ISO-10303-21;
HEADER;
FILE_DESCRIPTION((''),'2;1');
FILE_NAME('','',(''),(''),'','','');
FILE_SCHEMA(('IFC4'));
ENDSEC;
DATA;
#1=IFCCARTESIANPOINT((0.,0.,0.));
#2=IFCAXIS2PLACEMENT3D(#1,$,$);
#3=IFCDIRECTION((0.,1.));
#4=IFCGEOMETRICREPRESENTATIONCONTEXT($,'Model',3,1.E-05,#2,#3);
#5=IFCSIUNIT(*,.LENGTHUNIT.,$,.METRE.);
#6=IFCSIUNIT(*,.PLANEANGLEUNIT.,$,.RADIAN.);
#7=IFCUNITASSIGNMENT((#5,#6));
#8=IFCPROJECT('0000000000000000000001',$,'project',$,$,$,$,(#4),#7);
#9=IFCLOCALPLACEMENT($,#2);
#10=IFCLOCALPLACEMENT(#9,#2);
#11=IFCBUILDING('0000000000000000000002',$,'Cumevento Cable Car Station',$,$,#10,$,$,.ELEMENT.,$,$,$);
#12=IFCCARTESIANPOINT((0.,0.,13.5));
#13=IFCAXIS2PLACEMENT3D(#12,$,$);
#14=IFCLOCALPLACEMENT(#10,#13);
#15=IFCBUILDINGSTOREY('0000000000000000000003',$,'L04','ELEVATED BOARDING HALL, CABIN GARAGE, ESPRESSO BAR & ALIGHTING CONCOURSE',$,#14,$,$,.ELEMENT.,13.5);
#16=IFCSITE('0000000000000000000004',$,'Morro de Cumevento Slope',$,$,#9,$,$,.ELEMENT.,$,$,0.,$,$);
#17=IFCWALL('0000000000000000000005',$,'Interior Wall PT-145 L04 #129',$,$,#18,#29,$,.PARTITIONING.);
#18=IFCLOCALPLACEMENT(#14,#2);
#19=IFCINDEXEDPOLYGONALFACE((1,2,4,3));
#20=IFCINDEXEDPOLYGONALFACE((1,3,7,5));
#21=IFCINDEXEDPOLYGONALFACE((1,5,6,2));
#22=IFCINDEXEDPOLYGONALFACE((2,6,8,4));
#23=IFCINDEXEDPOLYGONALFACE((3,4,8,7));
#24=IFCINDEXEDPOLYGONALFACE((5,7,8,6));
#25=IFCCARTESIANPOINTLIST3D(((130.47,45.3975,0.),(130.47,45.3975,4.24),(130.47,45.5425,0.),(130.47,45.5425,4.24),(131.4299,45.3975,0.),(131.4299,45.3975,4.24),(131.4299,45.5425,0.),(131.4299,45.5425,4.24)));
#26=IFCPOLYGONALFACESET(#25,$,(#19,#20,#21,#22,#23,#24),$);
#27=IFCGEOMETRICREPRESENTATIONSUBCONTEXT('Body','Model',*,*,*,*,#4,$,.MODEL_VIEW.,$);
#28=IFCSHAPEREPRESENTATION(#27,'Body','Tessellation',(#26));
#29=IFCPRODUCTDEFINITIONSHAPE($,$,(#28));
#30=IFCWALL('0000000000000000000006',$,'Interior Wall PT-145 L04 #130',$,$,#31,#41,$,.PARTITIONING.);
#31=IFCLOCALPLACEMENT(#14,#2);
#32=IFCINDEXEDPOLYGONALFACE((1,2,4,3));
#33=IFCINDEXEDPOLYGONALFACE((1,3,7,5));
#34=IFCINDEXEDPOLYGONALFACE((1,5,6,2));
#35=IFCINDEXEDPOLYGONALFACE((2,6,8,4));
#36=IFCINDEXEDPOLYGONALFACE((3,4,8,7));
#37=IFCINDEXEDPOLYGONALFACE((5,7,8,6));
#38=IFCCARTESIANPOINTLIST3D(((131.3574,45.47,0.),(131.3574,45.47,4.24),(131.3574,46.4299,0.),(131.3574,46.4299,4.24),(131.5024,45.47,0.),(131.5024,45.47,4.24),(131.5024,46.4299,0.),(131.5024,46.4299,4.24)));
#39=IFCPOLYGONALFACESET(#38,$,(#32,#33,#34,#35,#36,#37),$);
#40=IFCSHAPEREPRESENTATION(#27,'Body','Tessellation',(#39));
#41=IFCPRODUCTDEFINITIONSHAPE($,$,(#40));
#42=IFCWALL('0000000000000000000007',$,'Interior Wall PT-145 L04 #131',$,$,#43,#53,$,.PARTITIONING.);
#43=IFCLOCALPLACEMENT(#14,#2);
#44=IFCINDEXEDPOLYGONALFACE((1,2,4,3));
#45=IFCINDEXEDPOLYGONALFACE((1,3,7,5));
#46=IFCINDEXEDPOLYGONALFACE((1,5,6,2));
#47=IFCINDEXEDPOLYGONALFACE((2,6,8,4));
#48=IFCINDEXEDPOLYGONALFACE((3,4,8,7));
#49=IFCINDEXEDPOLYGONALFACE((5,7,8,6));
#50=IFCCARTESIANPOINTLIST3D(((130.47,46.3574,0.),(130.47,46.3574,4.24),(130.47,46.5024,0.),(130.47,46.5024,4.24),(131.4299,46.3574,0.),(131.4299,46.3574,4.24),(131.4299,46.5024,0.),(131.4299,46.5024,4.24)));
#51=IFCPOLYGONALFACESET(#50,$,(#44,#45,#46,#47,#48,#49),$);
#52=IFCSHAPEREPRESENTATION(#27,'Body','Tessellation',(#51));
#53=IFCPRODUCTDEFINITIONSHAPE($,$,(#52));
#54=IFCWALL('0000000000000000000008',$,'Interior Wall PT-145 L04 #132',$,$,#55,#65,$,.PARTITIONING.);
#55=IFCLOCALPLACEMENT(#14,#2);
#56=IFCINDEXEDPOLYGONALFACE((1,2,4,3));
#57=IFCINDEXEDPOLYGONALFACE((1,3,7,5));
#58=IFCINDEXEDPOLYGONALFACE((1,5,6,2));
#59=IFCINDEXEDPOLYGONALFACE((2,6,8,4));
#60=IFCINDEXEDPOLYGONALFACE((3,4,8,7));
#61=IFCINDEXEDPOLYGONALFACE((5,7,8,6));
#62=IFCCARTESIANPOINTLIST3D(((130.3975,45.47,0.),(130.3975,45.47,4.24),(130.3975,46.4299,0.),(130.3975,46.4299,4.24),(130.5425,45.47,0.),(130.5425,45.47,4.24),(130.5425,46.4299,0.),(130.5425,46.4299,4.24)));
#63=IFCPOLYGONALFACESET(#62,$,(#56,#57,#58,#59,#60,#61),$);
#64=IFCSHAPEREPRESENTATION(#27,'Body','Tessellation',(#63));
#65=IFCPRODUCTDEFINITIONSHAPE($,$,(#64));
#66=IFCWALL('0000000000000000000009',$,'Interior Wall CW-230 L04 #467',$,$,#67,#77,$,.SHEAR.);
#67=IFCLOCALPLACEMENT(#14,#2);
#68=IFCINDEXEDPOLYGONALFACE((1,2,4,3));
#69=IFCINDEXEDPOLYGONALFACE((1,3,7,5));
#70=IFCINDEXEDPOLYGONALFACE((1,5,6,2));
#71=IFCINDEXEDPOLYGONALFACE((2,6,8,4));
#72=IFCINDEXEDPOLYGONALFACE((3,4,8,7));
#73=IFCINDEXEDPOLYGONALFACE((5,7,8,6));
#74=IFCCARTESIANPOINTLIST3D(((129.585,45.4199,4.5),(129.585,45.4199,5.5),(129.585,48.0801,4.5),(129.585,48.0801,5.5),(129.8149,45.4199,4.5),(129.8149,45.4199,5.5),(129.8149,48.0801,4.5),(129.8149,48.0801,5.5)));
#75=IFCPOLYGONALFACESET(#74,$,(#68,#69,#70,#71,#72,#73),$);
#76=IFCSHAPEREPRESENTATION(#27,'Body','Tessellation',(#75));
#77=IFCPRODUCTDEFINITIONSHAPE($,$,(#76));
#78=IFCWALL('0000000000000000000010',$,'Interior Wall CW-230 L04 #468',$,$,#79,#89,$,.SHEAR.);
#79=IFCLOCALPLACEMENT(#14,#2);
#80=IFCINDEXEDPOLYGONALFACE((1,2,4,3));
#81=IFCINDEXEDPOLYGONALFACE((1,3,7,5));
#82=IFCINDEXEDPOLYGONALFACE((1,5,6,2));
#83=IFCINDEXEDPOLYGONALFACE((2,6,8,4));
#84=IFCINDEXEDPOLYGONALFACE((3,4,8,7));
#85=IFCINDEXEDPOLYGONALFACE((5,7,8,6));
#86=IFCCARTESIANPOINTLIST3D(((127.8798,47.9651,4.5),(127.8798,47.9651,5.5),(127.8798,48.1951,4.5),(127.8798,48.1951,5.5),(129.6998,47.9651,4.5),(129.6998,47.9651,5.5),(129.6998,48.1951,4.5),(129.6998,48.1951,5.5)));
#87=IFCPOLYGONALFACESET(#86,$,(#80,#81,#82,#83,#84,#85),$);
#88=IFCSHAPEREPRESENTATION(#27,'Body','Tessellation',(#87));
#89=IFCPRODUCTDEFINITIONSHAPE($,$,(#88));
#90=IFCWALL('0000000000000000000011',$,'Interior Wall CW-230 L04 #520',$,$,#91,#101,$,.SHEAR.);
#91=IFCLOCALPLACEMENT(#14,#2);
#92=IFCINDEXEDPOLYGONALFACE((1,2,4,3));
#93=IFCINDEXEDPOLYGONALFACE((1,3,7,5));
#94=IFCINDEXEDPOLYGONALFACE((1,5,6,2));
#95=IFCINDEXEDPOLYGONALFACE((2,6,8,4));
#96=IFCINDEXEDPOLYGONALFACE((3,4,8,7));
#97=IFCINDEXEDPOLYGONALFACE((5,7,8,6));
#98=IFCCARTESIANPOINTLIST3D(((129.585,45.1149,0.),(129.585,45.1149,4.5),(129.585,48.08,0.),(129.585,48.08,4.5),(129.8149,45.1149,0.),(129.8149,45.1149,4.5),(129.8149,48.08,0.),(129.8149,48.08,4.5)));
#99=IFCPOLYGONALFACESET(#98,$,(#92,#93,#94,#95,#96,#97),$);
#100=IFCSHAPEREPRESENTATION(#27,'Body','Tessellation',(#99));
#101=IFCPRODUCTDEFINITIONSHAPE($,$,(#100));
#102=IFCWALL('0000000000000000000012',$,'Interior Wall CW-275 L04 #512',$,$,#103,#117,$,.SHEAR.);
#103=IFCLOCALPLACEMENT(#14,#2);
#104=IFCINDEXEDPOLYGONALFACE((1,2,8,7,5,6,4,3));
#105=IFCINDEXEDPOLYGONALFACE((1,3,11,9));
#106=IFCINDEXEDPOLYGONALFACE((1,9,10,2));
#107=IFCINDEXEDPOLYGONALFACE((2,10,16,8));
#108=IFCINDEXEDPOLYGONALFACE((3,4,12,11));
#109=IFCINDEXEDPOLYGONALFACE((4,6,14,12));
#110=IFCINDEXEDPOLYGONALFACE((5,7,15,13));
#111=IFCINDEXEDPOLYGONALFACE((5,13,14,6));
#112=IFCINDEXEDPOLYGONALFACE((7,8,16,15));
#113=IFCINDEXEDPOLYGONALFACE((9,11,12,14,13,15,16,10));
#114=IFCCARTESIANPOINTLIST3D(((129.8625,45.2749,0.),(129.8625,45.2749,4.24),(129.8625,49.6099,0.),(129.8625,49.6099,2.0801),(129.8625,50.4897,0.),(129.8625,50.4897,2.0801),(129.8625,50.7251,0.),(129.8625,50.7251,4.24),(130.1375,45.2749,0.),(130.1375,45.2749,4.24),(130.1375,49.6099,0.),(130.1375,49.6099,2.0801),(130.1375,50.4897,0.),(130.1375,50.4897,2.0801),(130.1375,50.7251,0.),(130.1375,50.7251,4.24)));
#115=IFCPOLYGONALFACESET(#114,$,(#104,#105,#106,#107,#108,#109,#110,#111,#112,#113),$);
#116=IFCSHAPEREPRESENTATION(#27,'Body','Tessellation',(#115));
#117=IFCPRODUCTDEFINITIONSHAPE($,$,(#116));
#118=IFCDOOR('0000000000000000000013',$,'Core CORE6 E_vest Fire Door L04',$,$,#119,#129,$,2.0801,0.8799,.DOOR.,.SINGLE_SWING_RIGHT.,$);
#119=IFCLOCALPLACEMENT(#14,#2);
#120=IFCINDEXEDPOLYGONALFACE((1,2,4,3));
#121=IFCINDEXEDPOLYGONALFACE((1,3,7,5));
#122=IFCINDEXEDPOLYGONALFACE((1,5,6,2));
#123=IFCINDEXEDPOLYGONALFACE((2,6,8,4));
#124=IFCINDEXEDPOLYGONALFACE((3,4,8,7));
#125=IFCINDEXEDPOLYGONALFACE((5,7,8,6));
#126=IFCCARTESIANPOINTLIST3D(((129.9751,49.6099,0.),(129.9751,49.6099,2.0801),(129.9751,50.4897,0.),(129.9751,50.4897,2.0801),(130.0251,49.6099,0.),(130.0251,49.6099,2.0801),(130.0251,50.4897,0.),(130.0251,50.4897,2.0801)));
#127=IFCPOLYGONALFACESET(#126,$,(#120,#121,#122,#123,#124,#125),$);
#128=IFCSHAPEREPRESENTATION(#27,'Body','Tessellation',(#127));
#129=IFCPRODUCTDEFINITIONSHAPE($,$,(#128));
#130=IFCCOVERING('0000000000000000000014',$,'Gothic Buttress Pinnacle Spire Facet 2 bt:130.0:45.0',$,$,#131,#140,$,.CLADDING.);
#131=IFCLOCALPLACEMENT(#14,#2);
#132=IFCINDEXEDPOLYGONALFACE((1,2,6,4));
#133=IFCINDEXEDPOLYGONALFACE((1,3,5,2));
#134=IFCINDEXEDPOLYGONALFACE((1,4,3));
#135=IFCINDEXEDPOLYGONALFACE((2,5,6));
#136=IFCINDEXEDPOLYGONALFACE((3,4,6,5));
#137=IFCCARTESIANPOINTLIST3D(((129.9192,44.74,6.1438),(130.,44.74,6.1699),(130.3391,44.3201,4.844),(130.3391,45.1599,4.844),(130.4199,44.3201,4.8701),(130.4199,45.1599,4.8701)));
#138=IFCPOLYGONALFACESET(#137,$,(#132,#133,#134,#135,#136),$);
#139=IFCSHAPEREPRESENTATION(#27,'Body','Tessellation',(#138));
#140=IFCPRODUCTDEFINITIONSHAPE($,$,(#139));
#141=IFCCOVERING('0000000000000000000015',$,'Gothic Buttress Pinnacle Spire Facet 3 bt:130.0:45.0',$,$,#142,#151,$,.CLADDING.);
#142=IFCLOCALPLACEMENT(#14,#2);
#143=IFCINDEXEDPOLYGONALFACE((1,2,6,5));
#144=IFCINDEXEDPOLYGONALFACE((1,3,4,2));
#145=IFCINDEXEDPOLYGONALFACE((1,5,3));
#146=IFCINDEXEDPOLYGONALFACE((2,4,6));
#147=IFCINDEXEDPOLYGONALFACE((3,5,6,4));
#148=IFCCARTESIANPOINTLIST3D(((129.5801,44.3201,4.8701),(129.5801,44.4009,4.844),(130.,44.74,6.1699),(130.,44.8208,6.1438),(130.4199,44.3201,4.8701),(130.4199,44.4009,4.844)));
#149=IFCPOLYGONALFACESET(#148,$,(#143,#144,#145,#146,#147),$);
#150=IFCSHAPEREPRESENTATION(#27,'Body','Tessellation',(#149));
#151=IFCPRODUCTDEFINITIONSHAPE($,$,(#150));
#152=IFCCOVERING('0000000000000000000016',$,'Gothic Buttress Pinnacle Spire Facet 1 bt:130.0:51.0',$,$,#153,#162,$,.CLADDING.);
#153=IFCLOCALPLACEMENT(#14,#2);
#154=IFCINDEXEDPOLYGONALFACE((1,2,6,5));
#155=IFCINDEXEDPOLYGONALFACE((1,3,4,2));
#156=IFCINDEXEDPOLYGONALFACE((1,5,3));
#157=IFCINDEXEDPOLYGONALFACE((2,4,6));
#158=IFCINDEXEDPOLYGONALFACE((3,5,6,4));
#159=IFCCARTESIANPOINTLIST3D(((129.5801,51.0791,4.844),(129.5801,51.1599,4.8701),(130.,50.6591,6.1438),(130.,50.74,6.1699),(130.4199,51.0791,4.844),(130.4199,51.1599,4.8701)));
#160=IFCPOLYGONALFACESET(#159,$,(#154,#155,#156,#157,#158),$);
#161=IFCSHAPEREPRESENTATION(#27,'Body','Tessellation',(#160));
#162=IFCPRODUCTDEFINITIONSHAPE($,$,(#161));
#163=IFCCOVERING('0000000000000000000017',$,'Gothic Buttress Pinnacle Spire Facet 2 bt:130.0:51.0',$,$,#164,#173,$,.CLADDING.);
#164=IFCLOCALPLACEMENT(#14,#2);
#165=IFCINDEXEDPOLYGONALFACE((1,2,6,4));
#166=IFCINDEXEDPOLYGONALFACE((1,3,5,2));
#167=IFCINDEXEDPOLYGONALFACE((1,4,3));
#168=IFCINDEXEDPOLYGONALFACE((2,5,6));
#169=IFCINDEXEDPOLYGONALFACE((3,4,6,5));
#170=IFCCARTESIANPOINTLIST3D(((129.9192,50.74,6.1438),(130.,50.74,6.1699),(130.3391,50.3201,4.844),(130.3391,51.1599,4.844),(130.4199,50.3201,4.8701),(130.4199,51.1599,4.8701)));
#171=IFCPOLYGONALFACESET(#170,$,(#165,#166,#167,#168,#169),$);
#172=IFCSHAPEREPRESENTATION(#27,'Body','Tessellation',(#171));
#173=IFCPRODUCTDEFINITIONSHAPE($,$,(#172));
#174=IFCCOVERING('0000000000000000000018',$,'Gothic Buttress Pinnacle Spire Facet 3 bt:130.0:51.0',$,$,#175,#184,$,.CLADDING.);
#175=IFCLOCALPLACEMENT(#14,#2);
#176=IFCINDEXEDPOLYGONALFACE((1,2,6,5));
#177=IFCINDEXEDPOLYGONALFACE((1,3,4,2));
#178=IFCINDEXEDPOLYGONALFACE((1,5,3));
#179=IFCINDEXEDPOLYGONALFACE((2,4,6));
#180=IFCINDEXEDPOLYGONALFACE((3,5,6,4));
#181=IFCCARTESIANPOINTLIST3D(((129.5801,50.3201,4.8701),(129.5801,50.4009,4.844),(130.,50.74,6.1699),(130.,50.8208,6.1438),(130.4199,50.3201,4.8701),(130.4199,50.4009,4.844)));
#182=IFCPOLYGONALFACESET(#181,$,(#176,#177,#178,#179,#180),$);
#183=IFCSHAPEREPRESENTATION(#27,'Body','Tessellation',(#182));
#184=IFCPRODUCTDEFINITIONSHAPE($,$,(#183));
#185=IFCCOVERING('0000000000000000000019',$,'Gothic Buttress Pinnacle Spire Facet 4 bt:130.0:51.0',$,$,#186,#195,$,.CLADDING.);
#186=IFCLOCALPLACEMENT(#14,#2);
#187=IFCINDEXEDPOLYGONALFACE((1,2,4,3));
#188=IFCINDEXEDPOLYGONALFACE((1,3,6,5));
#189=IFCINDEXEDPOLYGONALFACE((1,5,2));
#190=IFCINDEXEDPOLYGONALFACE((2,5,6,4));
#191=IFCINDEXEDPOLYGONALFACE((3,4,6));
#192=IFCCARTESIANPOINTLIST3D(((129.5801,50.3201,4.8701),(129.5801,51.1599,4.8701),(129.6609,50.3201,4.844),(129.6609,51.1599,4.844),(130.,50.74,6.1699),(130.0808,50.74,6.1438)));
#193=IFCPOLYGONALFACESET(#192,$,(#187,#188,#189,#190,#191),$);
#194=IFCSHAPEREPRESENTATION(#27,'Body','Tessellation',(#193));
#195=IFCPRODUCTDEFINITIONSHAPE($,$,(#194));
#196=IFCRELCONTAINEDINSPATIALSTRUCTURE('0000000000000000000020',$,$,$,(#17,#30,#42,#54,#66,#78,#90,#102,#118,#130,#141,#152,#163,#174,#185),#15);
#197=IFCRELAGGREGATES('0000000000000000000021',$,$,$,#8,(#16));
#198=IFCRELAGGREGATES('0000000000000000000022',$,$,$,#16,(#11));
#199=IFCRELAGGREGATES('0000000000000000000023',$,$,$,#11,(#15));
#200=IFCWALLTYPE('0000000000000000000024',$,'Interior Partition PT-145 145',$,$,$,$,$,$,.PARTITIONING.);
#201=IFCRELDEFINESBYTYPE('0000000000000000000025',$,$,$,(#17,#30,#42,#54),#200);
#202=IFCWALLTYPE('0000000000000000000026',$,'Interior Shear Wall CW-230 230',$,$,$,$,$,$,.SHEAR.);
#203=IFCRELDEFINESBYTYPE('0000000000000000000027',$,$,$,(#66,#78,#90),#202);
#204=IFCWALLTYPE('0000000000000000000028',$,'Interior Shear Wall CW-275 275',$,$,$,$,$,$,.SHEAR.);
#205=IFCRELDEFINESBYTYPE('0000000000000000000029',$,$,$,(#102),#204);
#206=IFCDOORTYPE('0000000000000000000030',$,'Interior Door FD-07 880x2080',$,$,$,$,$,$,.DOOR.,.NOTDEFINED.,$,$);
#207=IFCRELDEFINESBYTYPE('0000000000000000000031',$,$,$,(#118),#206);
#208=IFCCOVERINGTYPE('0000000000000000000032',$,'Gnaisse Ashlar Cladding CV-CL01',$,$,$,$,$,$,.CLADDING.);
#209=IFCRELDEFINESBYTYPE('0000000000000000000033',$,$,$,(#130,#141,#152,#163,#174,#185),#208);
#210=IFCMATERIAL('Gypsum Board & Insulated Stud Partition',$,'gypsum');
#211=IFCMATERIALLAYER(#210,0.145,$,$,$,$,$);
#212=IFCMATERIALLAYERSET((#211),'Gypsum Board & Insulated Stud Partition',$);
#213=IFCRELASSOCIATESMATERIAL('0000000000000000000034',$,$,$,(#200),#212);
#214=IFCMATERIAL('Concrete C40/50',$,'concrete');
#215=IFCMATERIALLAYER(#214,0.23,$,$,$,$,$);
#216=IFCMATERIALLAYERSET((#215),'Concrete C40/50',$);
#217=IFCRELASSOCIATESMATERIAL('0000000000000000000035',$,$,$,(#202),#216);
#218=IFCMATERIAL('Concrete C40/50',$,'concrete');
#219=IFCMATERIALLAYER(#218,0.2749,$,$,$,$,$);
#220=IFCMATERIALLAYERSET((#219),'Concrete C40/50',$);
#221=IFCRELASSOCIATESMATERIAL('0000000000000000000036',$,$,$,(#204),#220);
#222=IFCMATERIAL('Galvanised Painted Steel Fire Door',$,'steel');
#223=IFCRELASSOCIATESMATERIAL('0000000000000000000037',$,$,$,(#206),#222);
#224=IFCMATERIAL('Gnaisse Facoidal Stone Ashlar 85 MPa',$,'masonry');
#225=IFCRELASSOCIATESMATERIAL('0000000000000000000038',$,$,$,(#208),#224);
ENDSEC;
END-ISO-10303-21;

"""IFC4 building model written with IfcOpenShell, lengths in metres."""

from ifc_helpers import new_model, si_unit, direction, frame, frame_2d, origin, place, context, subcontext, project, spatial, polyline, rectangle, outline, extrude, material, layer, layer_set, type_object, element, fill, save


model = new_model("IFC4")

# Units and contexts
model_context = context("Model", 3, precision=1e-05, world=origin(), true_north=direction((0.0, 1.0)))
body_context = subcontext(model_context, "Body", "Model", "MODEL_VIEW")
ifc_project = project(units=[si_unit("LENGTHUNIT", "METRE"), si_unit("PLANEANGLEUNIT", "RADIAN")], contexts=[model_context])

# Site, building, storey
site_placement = place(None, origin())
site = spatial("IfcSite", under=ifc_project, at=site_placement, Name="Morro de Cumevento Slope", CompositionType="ELEMENT", RefElevation=0.0)
building_placement = place(site_placement, origin())
building = spatial("IfcBuilding", under=site, at=building_placement, Name="Cumevento Cable Car Station", CompositionType="ELEMENT")
storey_placement = place(building_placement, frame((0.0, 0.0, 13.5)))
storey = spatial("IfcBuildingStorey", under=building, at=storey_placement, Name="L04", Description="ELEVATED BOARDING HALL, CABIN GARAGE, ESPRESSO BAR & ALIGHTING CONCOURSE", CompositionType="ELEMENT", Elevation=13.5)

# Walls
ifc_material_1 = material(Name="Gypsum Board & Insulated Stud Partition", Category="gypsum")
ifc_layer_1 = layer(ifc_material_1, 0.145)
ifc_layer_set_1 = layer_set([ifc_layer_1], Name="Gypsum Board & Insulated Stud Partition")
wall_type_1 = type_object("IfcWallType", Name="Interior Partition PT-145 145", PredefinedType="PARTITIONING", material=ifc_layer_set_1)
for number, where, z_axis, x_axis, name in (
    (1, (130.47, 45.47, 0.0), (0.0, 0.0, 1.0), (1.0, 0.0, 0.0), "Interior Wall PT-145 L04 #129"),
    (2, (131.4299, 45.47, 0.0), (0.0, 0.0, 1.0), (0.0, 1.0, 0.0), "Interior Wall PT-145 L04 #130"),
    (3, (131.4299, 46.4299, 0.0), (0.0, 0.0, 1.0), (-1.0, 0.0, 0.0), "Interior Wall PT-145 L04 #131"),
    (4, (130.47, 46.4299, 0.0), (0.0, 0.0, 1.0), (0.0, -1.0, 0.0), "Interior Wall PT-145 L04 #132"),
):
    element("IfcWall", number, at=place(storey_placement, frame(where, z_axis=z_axis, x_axis=x_axis)), inside=storey, type_object=wall_type_1, Name=name, PredefinedType="PARTITIONING", context=body_context, shape_type="SweptSolid", body=[
        extrude(rectangle(XDim=0.96, YDim=0.145, at=frame_2d((0.48, 0.0))), origin(), (0.0, 0.0, 1.0), 4.24),
    ])
ifc_material_2 = material(Name="Concrete C40/50", Category="concrete")
ifc_layer_2 = layer(ifc_material_2, 0.23)
ifc_layer_set_2 = layer_set([ifc_layer_2], Name="Concrete C40/50")
wall_type_2 = type_object("IfcWallType", Name="Interior Shear Wall CW-230 230", PredefinedType="SHEAR", material=ifc_layer_set_2)
wall_1_placement = place(storey_placement, frame((129.7, 45.4199, 4.5), z_axis=(0.0, 0.0, 1.0), x_axis=(0.0, 1.0, 0.0)))
element("IfcWall", 5, at=wall_1_placement, inside=storey, type_object=wall_type_2, Name="Interior Wall CW-230 L04 #467", PredefinedType="SHEAR", context=body_context, shape_type="SweptSolid", body=[
    extrude(rectangle(XDim=2.6602, YDim=0.23, at=frame_2d((1.3301, 0.0))), origin(), (0.0, 0.0, 1.0), 1.0),
])
wall_2_placement = place(storey_placement, frame((129.7, 48.0801, 4.5), z_axis=(0.0, 0.0, 1.0), x_axis=(-1.0, 0.0, 0.0)))
element("IfcWall", 6, at=wall_2_placement, inside=storey, type_object=wall_type_2, Name="Interior Wall CW-230 L04 #468", PredefinedType="SHEAR", context=body_context, shape_type="SweptSolid", body=[
    extrude(rectangle(XDim=1.8201, YDim=0.23, at=frame_2d((0.9102, 0.0))), origin(), (0.0, 0.0, 1.0), 1.0),
])
wall_3_placement = place(storey_placement, frame((129.7, 45.115, 0.0), z_axis=(0.0, 0.0, 1.0), x_axis=(0.0, 1.0, 0.0)))
element("IfcWall", 7, at=wall_3_placement, inside=storey, type_object=wall_type_2, Name="Interior Wall CW-230 L04 #520", PredefinedType="SHEAR", context=body_context, shape_type="SweptSolid", body=[
    extrude(rectangle(XDim=2.9651, YDim=0.23, at=frame_2d((1.4824, 0.0))), origin(), (0.0, 0.0, 1.0), 4.5),
])

# Wall, opening, door
ifc_material_3 = material(Name="Concrete C40/50", Category="concrete")
ifc_layer_3 = layer(ifc_material_3, 0.2749)
ifc_layer_set_3 = layer_set([ifc_layer_3], Name="Concrete C40/50")
wall_type_3 = type_object("IfcWallType", Name="Interior Shear Wall CW-275 275", PredefinedType="SHEAR", material=ifc_layer_set_3)
wall_4_placement = place(storey_placement, frame((130.0, 45.2749, 0.0), z_axis=(0.0, 0.0, 1.0), x_axis=(0.0, 1.0, 0.0)))
wall_4 = element("IfcWall", 8, at=wall_4_placement, inside=storey, type_object=wall_type_3, Name="Interior Wall CW-275 L04 #512", PredefinedType="SHEAR", context=body_context, shape_type="SweptSolid", body=[
    extrude(rectangle(XDim=5.4502, YDim=0.2749, at=frame_2d((2.7251, 0.0))), origin(), (0.0, 0.0, 1.0), 4.24),
])
opening_1_placement = place(wall_4_placement, frame((4.335, 0.0, 0.0)))
opening_1 = element("IfcOpeningElement", 9, at=opening_1_placement, cuts=wall_4, PredefinedType="OPENING", context=body_context, shape_type="SweptSolid", body=[
    extrude(rectangle(XDim=0.8799, YDim=2.0801, at=frame_2d((0.4399, 1.04))), frame((0.0, 0.1475, 0.0), z_axis=(0.0, -1.0, 0.0), x_axis=(1.0, 0.0, 0.0)), (0.0, 0.0, 1.0), 0.2949),
])
ifc_material_4 = material(Name="Galvanised Painted Steel Fire Door", Category="steel")
door_type_1 = type_object("IfcDoorType", Name="Interior Door FD-07 880x2080", OperationType="NOTDEFINED", PredefinedType="DOOR", material=ifc_material_4)
door_1_placement = place(opening_1_placement, origin())
door_1 = element("IfcDoor", 10, at=door_1_placement, inside=storey, type_object=door_type_1, Name="Core CORE6 E_vest Fire Door L04", OperationType="SINGLE_SWING_RIGHT", OverallHeight=2.0801, OverallWidth=0.8799, PredefinedType="DOOR", context=body_context, shape_type="SweptSolid", body=[
    extrude(rectangle(XDim=0.8799, YDim=2.0801, at=frame_2d((0.4399, 1.04))), frame((0.0, 0.0249, 0.0), z_axis=(0.0, -1.0, 0.0), x_axis=(1.0, 0.0, 0.0)), (0.0, 0.0, 1.0), 0.05),
])
fill(opening_1, door_1)

# Coverings
ifc_material_5 = material(Name="Gnaisse Facoidal Stone Ashlar 85 MPa", Category="masonry")
covering_type = type_object("IfcCoveringType", Name="Gnaisse Ashlar Cladding CV-CL01", PredefinedType="CLADDING", material=ifc_material_5)
for number, where, z_axis, x_axis, name in (
    (11, (130.4199, 45.1599, 4.8701), (0.951574, 0.0, 0.307421), (0.0, -1.0, 0.0), "Gothic Buttress Pinnacle Spire Facet 2 bt:130.0:45.0"),
    (12, (130.4199, 44.3201, 4.8701), (0.0, -0.951574, 0.307421), (-1.0, 0.0, 0.0), "Gothic Buttress Pinnacle Spire Facet 3 bt:130.0:45.0"),
    (13, (129.5801, 51.1599, 4.8701), (0.0, 0.951574, 0.307421), (1.0, 0.0, 0.0), "Gothic Buttress Pinnacle Spire Facet 1 bt:130.0:51.0"),
    (14, (130.4199, 51.1599, 4.8701), (0.951574, 0.0, 0.307421), (0.0, -1.0, 0.0), "Gothic Buttress Pinnacle Spire Facet 2 bt:130.0:51.0"),
    (15, (130.4199, 50.3201, 4.8701), (0.0, -0.951574, 0.307421), (-1.0, 0.0, 0.0), "Gothic Buttress Pinnacle Spire Facet 3 bt:130.0:51.0"),
    (16, (129.5801, 50.3201, 4.8701), (-0.951574, 0.0, 0.307421), (0.0, 1.0, 0.0), "Gothic Buttress Pinnacle Spire Facet 4 bt:130.0:51.0"),
):
    element("IfcCovering", number, at=place(storey_placement, frame(where, z_axis=z_axis, x_axis=x_axis)), inside=storey, type_object=covering_type, Name=name, PredefinedType="CLADDING", context=body_context, shape_type="SweptSolid", body=[
        extrude(outline(polyline([(0.0, 0.0), (0.8398, 0.0), (0.4199, -1.366), (0.0, 0.0)])), origin(), (0.0, 0.0, -1.0), 0.085),
    ])

save(model, "model.ifc")
